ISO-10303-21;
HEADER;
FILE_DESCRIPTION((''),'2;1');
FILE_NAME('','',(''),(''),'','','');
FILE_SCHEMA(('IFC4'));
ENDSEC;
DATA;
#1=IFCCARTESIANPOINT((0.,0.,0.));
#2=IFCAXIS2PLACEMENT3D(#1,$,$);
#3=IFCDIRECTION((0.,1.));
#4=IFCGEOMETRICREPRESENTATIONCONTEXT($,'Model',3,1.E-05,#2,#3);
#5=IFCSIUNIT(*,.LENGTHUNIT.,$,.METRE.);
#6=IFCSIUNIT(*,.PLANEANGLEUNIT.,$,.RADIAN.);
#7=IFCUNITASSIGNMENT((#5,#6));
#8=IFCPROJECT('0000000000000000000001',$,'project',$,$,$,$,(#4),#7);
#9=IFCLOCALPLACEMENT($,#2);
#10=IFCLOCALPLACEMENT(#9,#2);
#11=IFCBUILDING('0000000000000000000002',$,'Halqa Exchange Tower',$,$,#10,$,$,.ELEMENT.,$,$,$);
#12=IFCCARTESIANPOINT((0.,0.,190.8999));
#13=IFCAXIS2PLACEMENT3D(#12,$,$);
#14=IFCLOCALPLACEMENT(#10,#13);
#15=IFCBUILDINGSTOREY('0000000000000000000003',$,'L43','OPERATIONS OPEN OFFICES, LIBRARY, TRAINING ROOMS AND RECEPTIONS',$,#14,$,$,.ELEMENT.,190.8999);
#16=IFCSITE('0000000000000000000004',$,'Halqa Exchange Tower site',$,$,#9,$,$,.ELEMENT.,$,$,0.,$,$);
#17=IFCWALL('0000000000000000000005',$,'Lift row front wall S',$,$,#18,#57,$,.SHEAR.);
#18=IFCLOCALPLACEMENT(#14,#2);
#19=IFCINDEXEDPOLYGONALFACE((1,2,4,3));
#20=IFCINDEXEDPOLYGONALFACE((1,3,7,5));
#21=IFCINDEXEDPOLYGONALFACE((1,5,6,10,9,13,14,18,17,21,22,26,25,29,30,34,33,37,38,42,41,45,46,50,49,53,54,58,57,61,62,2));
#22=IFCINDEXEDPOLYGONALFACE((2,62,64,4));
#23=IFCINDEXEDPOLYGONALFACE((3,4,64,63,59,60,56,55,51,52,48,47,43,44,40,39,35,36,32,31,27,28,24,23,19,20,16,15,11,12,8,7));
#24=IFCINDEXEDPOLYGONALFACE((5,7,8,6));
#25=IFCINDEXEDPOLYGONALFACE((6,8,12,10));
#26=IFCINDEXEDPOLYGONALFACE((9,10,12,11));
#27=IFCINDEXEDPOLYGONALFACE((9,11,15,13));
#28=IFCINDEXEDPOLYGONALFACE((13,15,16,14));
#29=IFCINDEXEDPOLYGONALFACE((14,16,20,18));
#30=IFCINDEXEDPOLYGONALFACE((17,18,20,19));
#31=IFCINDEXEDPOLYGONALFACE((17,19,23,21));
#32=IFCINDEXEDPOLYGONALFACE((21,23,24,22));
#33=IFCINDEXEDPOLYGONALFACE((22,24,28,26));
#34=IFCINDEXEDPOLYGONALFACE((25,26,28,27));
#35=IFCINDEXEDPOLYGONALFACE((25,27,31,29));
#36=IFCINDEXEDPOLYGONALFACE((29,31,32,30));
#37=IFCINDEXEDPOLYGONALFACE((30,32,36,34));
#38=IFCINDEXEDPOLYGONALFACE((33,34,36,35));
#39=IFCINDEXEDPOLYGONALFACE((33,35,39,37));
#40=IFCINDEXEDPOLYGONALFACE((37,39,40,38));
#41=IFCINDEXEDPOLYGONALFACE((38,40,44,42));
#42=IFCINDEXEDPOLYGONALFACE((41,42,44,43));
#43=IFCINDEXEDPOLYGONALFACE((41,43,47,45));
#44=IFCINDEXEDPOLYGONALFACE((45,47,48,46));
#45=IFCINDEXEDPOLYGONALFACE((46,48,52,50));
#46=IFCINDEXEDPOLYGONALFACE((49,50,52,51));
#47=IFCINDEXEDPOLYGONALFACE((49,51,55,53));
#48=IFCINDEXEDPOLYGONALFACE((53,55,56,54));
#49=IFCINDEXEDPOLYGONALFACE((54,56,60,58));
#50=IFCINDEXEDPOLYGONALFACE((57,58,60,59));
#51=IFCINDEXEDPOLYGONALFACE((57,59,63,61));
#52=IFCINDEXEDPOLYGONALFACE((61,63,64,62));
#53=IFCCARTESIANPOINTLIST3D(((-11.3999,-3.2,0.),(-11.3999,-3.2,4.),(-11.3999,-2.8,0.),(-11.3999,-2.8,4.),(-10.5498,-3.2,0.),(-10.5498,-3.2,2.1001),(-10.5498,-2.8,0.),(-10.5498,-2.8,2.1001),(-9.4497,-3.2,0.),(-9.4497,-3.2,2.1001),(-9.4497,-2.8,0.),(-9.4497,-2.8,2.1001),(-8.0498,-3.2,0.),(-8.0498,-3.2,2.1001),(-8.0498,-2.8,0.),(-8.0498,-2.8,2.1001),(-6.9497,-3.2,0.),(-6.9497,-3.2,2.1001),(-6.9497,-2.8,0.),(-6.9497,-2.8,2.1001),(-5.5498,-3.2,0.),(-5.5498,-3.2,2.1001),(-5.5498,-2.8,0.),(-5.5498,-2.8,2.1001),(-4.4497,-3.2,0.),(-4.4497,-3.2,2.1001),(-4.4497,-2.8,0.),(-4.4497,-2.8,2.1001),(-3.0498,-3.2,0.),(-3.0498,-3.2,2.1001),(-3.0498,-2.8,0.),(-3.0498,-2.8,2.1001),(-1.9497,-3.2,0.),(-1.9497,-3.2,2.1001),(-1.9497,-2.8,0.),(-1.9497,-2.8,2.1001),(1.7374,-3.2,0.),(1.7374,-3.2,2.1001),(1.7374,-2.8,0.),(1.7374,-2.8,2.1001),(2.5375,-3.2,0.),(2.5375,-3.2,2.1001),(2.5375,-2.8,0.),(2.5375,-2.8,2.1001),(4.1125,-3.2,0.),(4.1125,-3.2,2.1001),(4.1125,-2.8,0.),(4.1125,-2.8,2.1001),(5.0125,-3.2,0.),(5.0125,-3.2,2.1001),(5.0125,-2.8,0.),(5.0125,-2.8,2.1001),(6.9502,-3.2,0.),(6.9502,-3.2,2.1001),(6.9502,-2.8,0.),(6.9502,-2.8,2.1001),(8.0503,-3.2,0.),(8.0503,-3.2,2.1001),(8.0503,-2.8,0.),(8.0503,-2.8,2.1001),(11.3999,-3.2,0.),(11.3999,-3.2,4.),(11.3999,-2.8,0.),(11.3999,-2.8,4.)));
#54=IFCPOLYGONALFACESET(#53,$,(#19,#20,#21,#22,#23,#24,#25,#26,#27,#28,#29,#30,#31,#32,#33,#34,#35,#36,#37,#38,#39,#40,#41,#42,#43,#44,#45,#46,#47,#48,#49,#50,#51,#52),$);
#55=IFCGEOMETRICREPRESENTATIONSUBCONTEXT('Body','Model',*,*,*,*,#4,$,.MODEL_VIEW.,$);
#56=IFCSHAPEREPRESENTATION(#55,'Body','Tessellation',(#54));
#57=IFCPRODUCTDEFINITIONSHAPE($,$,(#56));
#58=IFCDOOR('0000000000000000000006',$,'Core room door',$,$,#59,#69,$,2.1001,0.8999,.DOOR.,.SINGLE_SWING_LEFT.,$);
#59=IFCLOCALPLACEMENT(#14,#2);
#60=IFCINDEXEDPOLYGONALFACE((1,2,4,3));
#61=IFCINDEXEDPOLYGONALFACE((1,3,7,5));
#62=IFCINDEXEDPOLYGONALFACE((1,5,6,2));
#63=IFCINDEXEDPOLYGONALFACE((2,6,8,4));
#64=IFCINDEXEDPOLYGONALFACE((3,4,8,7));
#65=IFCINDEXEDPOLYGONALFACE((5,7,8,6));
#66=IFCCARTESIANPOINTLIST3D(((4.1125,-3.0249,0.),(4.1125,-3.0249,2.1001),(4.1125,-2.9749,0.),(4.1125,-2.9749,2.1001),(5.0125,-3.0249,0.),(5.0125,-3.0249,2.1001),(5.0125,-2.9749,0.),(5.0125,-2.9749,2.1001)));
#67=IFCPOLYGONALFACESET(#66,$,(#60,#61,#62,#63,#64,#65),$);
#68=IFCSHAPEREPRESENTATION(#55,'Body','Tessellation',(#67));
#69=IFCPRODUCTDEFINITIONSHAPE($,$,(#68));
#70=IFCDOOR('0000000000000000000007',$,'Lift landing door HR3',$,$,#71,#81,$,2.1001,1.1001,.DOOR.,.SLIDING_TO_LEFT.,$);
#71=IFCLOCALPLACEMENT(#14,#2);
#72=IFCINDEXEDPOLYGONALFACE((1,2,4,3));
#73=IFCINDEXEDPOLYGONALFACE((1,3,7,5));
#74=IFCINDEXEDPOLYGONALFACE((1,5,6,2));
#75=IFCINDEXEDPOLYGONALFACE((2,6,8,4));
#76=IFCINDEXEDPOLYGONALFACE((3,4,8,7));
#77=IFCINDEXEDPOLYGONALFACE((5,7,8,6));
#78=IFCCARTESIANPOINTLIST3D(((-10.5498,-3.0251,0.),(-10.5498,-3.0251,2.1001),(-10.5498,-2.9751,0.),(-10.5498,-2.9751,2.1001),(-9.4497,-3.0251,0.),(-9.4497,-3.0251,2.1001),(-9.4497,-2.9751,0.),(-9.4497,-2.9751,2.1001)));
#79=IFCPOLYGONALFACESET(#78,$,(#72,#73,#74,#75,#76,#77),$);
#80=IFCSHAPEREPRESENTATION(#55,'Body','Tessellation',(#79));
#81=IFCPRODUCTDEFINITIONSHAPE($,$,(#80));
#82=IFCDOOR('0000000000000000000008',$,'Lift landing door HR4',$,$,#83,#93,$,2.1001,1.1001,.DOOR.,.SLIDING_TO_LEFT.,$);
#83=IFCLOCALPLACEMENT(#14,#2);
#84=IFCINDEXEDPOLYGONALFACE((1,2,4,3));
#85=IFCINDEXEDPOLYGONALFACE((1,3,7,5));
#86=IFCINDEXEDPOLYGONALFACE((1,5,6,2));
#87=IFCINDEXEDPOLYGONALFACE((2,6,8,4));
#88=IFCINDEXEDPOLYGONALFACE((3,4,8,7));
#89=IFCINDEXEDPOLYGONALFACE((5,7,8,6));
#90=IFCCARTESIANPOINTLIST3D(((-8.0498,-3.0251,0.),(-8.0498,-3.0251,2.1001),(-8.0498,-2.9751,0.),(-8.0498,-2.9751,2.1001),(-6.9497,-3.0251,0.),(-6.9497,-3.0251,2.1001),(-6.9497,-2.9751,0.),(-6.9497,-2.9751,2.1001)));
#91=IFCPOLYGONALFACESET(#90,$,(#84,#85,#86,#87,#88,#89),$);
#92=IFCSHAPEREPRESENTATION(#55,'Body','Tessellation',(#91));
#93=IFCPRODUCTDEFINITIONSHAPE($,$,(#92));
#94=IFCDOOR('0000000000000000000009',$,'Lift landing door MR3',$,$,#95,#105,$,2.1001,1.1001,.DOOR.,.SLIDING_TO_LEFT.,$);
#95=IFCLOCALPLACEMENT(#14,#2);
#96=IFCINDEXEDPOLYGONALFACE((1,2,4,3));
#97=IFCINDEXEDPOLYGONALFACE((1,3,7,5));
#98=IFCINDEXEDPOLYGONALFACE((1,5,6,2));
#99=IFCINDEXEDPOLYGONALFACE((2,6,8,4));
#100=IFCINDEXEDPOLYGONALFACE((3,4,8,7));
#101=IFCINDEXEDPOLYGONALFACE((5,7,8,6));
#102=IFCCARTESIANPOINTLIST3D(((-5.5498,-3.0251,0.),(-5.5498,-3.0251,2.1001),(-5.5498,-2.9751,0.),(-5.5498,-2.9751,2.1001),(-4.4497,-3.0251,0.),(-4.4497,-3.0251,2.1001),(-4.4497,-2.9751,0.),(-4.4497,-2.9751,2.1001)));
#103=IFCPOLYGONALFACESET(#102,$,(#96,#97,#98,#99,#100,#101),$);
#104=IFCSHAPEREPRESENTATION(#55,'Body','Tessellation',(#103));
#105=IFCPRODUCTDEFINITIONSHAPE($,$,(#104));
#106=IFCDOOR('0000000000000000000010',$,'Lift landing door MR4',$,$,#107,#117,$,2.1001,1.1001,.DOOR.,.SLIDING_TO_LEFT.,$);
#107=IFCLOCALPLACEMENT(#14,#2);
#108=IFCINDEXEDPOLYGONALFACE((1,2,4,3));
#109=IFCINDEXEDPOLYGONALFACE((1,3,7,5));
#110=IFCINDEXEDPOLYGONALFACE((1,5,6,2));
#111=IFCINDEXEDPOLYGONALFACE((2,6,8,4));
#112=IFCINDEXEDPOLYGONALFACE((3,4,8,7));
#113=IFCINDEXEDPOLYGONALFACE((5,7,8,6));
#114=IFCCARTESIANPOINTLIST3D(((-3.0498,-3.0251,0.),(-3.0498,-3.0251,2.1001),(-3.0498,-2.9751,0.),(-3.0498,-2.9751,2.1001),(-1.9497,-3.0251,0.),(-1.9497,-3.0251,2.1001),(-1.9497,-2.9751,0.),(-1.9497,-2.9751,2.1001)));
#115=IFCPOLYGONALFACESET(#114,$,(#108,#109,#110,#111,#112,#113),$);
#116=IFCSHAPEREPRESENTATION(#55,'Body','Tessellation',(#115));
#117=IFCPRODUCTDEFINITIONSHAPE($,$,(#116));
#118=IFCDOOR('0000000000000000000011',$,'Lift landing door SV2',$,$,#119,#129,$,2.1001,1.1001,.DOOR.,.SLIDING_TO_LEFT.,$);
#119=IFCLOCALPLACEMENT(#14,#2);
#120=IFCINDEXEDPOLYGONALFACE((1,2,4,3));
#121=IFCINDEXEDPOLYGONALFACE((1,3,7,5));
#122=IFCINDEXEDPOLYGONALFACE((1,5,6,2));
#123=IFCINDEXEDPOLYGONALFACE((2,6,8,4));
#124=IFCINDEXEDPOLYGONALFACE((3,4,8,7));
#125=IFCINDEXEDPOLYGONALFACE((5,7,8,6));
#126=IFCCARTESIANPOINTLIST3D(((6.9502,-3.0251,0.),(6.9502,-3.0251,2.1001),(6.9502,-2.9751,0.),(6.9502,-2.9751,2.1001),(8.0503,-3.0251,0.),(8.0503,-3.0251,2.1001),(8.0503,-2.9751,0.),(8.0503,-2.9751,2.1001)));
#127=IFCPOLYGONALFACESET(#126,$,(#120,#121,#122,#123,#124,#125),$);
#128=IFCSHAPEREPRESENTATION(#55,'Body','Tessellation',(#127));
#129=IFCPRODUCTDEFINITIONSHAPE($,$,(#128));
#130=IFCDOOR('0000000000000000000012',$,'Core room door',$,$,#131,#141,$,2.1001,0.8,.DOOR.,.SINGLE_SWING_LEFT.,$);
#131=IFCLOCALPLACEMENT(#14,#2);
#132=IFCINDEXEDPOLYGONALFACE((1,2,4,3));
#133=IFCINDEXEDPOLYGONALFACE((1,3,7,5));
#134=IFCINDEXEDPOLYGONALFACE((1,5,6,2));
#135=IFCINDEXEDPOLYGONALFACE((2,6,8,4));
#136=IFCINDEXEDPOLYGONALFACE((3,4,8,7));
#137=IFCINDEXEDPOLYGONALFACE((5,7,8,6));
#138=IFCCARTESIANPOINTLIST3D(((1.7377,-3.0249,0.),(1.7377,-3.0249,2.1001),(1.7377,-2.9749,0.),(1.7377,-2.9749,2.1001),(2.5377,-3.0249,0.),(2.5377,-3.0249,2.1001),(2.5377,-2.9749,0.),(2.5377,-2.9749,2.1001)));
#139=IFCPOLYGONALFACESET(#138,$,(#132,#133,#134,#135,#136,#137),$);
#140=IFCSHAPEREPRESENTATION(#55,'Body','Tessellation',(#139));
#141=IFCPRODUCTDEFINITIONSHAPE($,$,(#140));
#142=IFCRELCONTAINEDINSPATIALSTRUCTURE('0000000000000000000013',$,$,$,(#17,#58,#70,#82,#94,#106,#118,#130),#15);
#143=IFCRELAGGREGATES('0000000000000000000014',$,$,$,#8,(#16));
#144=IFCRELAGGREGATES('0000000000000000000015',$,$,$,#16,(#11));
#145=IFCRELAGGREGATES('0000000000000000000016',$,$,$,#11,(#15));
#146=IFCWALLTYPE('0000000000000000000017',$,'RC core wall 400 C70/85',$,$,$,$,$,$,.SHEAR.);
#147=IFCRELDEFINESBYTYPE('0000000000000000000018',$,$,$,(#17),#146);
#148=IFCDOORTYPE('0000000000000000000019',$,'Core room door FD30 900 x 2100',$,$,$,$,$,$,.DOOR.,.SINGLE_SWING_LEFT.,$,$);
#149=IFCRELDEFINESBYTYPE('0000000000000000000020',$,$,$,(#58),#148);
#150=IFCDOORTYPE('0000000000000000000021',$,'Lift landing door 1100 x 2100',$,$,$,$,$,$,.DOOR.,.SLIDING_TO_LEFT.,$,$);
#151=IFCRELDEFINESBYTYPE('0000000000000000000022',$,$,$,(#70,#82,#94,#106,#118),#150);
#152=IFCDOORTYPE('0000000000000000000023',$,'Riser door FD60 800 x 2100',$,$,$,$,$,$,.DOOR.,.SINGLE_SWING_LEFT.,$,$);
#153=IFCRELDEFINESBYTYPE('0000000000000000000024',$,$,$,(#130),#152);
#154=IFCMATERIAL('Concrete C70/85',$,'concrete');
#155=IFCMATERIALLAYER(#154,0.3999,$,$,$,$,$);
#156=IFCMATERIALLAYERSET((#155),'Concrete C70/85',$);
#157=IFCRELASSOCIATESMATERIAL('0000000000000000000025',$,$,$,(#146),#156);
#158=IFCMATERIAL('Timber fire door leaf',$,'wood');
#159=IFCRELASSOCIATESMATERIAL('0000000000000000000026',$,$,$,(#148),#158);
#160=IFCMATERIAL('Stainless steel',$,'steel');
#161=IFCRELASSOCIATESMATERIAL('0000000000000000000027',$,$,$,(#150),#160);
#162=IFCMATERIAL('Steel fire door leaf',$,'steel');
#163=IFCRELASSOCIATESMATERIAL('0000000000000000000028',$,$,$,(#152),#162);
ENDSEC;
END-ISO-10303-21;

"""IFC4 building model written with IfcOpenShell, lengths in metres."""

from ifc_helpers import new_model, si_unit, direction, frame, frame_2d, origin, place, context, subcontext, project, spatial, rectangle, extrude, material, layer, layer_set, type_object, element, fill, save


model = new_model("IFC4")

# Units and contexts
model_context = context("Model", 3, precision=1e-05, world=origin(), true_north=direction((0.0, 1.0)))
body_context = subcontext(model_context, "Body", "Model", "MODEL_VIEW")
ifc_project = project(units=[si_unit("LENGTHUNIT", "METRE"), si_unit("PLANEANGLEUNIT", "RADIAN")], contexts=[model_context])

# Site, building, storey
site_placement = place(None, origin())
site = spatial("IfcSite", under=ifc_project, at=site_placement, Name="Halqa Exchange Tower site", CompositionType="ELEMENT", RefElevation=0.0)
building_placement = place(site_placement, origin())
building = spatial("IfcBuilding", under=site, at=building_placement, Name="Halqa Exchange Tower", CompositionType="ELEMENT")
storey_placement = place(building_placement, frame((0.0, 0.0, 190.8999)))
storey = spatial("IfcBuildingStorey", under=building, at=storey_placement, Name="L43", Description="OPERATIONS OPEN OFFICES, LIBRARY, TRAINING ROOMS AND RECEPTIONS", CompositionType="ELEMENT", Elevation=190.8999)

# Wall, openings, doors
ifc_material_1 = material(Name="Concrete C70/85", Category="concrete")
ifc_layer_1 = layer(ifc_material_1, 0.3999)
ifc_layer_set_1 = layer_set([ifc_layer_1], Name="Concrete C70/85")
wall_type_1 = type_object("IfcWallType", Name="RC core wall 400 C70/85", PredefinedType="SHEAR", material=ifc_layer_set_1)
wall_1_placement = place(storey_placement, frame((-11.3999, -3.0, 0.0), z_axis=(0.0, 0.0, 1.0), x_axis=(1.0, 0.0, 0.0)))
wall_1 = element("IfcWall", 1, at=wall_1_placement, inside=storey, type_object=wall_type_1, Name="Lift row front wall S", PredefinedType="SHEAR", context=body_context, shape_type="SweptSolid", body=[
    extrude(rectangle(XDim=22.7998, YDim=0.3999, at=frame_2d((11.3999, 0.0))), origin(), (0.0, 0.0, 1.0), 4.0),
])
opening_1_placement = place(wall_1_placement, frame((0.8501, 0.0, 0.0)))
opening_1 = element("IfcOpeningElement", 2, at=opening_1_placement, cuts=wall_1, PredefinedType="OPENING", context=body_context, shape_type="SweptSolid", body=[
    extrude(rectangle(XDim=1.1001, YDim=2.1001, at=frame_2d((0.55, 1.05))), frame((0.0, 0.2119, 0.0), z_axis=(0.0, -1.0, 0.0), x_axis=(1.0, 0.0, 0.0)), (0.0, 0.0, 1.0), 0.4238),
])
opening_2_placement = place(wall_1_placement, frame((3.3501, 0.0, 0.0)))
opening_2 = element("IfcOpeningElement", 3, at=opening_2_placement, cuts=wall_1, PredefinedType="OPENING", context=body_context, shape_type="SweptSolid", body=[
    extrude(rectangle(XDim=1.1001, YDim=2.1001, at=frame_2d((0.55, 1.05))), frame((0.0, 0.2119, 0.0), z_axis=(0.0, -1.0, 0.0), x_axis=(1.0, 0.0, 0.0)), (0.0, 0.0, 1.0), 0.4238),
])
opening_3_placement = place(wall_1_placement, frame((5.8501, 0.0, 0.0)))
opening_3 = element("IfcOpeningElement", 4, at=opening_3_placement, cuts=wall_1, PredefinedType="OPENING", context=body_context, shape_type="SweptSolid", body=[
    extrude(rectangle(XDim=1.1001, YDim=2.1001, at=frame_2d((0.55, 1.05))), frame((0.0, 0.2119, 0.0), z_axis=(0.0, -1.0, 0.0), x_axis=(1.0, 0.0, 0.0)), (0.0, 0.0, 1.0), 0.4238),
])
opening_4_placement = place(wall_1_placement, frame((8.3501, 0.0, 0.0)))
opening_4 = element("IfcOpeningElement", 5, at=opening_4_placement, cuts=wall_1, PredefinedType="OPENING", context=body_context, shape_type="SweptSolid", body=[
    extrude(rectangle(XDim=1.1001, YDim=2.1001, at=frame_2d((0.55, 1.05))), frame((0.0, 0.2119, 0.0), z_axis=(0.0, -1.0, 0.0), x_axis=(1.0, 0.0, 0.0)), (0.0, 0.0, 1.0), 0.4238),
])
opening_5_placement = place(wall_1_placement, frame((18.3501, 0.0, 0.0)))
opening_5 = element("IfcOpeningElement", 6, at=opening_5_placement, cuts=wall_1, PredefinedType="OPENING", context=body_context, shape_type="SweptSolid", body=[
    extrude(rectangle(XDim=1.1001, YDim=2.1001, at=frame_2d((0.55, 1.05))), frame((0.0, 0.2119, 0.0), z_axis=(0.0, -1.0, 0.0), x_axis=(1.0, 0.0, 0.0)), (0.0, 0.0, 1.0), 0.4238),
])
opening_6_placement = place(wall_1_placement, frame((13.1375, 0.0, 0.0)))
opening_6 = element("IfcOpeningElement", 7, at=opening_6_placement, cuts=wall_1, PredefinedType="OPENING", context=body_context, shape_type="SweptSolid", body=[
    extrude(rectangle(XDim=0.8, YDim=2.1001, at=frame_2d((0.3999, 1.05))), frame((0.0, 0.2119, 0.0), z_axis=(0.0, -1.0, 0.0), x_axis=(1.0, 0.0, 0.0)), (0.0, 0.0, 1.0), 0.4238),
])
opening_7_placement = place(wall_1_placement, frame((15.5125, 0.0, 0.0)))
opening_7 = element("IfcOpeningElement", 8, at=opening_7_placement, cuts=wall_1, PredefinedType="OPENING", context=body_context, shape_type="SweptSolid", body=[
    extrude(rectangle(XDim=0.8999, YDim=2.1001, at=frame_2d((0.45, 1.05))), frame((0.0, 0.2119, 0.0), z_axis=(0.0, -1.0, 0.0), x_axis=(1.0, 0.0, 0.0)), (0.0, 0.0, 1.0), 0.4238),
])
ifc_material_2 = material(Name="Timber fire door leaf", Category="wood")
door_type_1 = type_object("IfcDoorType", Name="Core room door FD30 900 x 2100", OperationType="SINGLE_SWING_LEFT", PredefinedType="DOOR", material=ifc_material_2)
door_1_placement = place(opening_7_placement, frame((0.8999, 0.0, 0.0), z_axis=(0.0, 0.0, 1.0), x_axis=(-1.0, 0.0, 0.0)))
door_1 = element("IfcDoor", 9, at=door_1_placement, inside=storey, type_object=door_type_1, Name="Core room door", OperationType="SINGLE_SWING_LEFT", OverallHeight=2.1001, OverallWidth=0.8999, PredefinedType="DOOR", context=body_context, shape_type="SweptSolid", body=[
    extrude(rectangle(XDim=0.8999, YDim=2.1001, at=frame_2d((0.45, 1.05))), frame((0.0, 0.0249, 0.0), z_axis=(0.0, -1.0, 0.0), x_axis=(1.0, 0.0, 0.0)), (0.0, 0.0, 1.0), 0.05),
])
fill(opening_7, door_1)
ifc_material_3 = material(Name="Stainless steel", Category="steel")
door_type_2 = type_object("IfcDoorType", Name="Lift landing door 1100 x 2100", OperationType="SLIDING_TO_LEFT", PredefinedType="DOOR", material=ifc_material_3)
door_2_placement = place(opening_1_placement, origin())
door_2 = element("IfcDoor", 10, at=door_2_placement, inside=storey, type_object=door_type_2, Name="Lift landing door HR3", OperationType="SLIDING_TO_LEFT", OverallHeight=2.1001, OverallWidth=1.1001, PredefinedType="DOOR", context=body_context, shape_type="SweptSolid", body=[
    extrude(rectangle(XDim=1.1001, YDim=2.1001, at=frame_2d((0.55, 1.05))), frame((0.0, 0.0249, 0.0), z_axis=(0.0, -1.0, 0.0), x_axis=(1.0, 0.0, 0.0)), (0.0, 0.0, 1.0), 0.05),
])
fill(opening_1, door_2)
door_3_placement = place(opening_2_placement, origin())
door_3 = element("IfcDoor", 11, at=door_3_placement, inside=storey, type_object=door_type_2, Name="Lift landing door HR4", OperationType="SLIDING_TO_LEFT", OverallHeight=2.1001, OverallWidth=1.1001, PredefinedType="DOOR", context=body_context, shape_type="SweptSolid", body=[
    extrude(rectangle(XDim=1.1001, YDim=2.1001, at=frame_2d((0.55, 1.05))), frame((0.0, 0.0249, 0.0), z_axis=(0.0, -1.0, 0.0), x_axis=(1.0, 0.0, 0.0)), (0.0, 0.0, 1.0), 0.05),
])
fill(opening_2, door_3)
door_4_placement = place(opening_3_placement, origin())
door_4 = element("IfcDoor", 12, at=door_4_placement, inside=storey, type_object=door_type_2, Name="Lift landing door MR3", OperationType="SLIDING_TO_LEFT", OverallHeight=2.1001, OverallWidth=1.1001, PredefinedType="DOOR", context=body_context, shape_type="SweptSolid", body=[
    extrude(rectangle(XDim=1.1001, YDim=2.1001, at=frame_2d((0.55, 1.05))), frame((0.0, 0.0249, 0.0), z_axis=(0.0, -1.0, 0.0), x_axis=(1.0, 0.0, 0.0)), (0.0, 0.0, 1.0), 0.05),
])
fill(opening_3, door_4)
door_5_placement = place(opening_4_placement, origin())
door_5 = element("IfcDoor", 13, at=door_5_placement, inside=storey, type_object=door_type_2, Name="Lift landing door MR4", OperationType="SLIDING_TO_LEFT", OverallHeight=2.1001, OverallWidth=1.1001, PredefinedType="DOOR", context=body_context, shape_type="SweptSolid", body=[
    extrude(rectangle(XDim=1.1001, YDim=2.1001, at=frame_2d((0.55, 1.05))), frame((0.0, 0.0249, 0.0), z_axis=(0.0, -1.0, 0.0), x_axis=(1.0, 0.0, 0.0)), (0.0, 0.0, 1.0), 0.05),
])
fill(opening_4, door_5)
door_6_placement = place(opening_5_placement, origin())
door_6 = element("IfcDoor", 14, at=door_6_placement, inside=storey, type_object=door_type_2, Name="Lift landing door SV2", OperationType="SLIDING_TO_LEFT", OverallHeight=2.1001, OverallWidth=1.1001, PredefinedType="DOOR", context=body_context, shape_type="SweptSolid", body=[
    extrude(rectangle(XDim=1.1001, YDim=2.1001, at=frame_2d((0.55, 1.05))), frame((0.0, 0.0249, 0.0), z_axis=(0.0, -1.0, 0.0), x_axis=(1.0, 0.0, 0.0)), (0.0, 0.0, 1.0), 0.05),
])
fill(opening_5, door_6)
ifc_material_4 = material(Name="Steel fire door leaf", Category="steel")
door_type_3 = type_object("IfcDoorType", Name="Riser door FD60 800 x 2100", OperationType="SINGLE_SWING_LEFT", PredefinedType="DOOR", material=ifc_material_4)
door_7_placement = place(opening_6_placement, frame((0.8, 0.0, 0.0), z_axis=(0.0, 0.0, 1.0), x_axis=(-1.0, 0.0, 0.0)))
door_7 = element("IfcDoor", 15, at=door_7_placement, inside=storey, type_object=door_type_3, Name="Core room door", OperationType="SINGLE_SWING_LEFT", OverallHeight=2.1001, OverallWidth=0.8, PredefinedType="DOOR", context=body_context, shape_type="SweptSolid", body=[
    extrude(rectangle(XDim=0.8, YDim=2.1001, at=frame_2d((0.3999, 1.05))), frame((0.0, 0.0249, 0.0), z_axis=(0.0, -1.0, 0.0), x_axis=(1.0, 0.0, 0.0)), (0.0, 0.0, 1.0), 0.05),
])
fill(opening_6, door_7)

save(model, "model.ifc")
